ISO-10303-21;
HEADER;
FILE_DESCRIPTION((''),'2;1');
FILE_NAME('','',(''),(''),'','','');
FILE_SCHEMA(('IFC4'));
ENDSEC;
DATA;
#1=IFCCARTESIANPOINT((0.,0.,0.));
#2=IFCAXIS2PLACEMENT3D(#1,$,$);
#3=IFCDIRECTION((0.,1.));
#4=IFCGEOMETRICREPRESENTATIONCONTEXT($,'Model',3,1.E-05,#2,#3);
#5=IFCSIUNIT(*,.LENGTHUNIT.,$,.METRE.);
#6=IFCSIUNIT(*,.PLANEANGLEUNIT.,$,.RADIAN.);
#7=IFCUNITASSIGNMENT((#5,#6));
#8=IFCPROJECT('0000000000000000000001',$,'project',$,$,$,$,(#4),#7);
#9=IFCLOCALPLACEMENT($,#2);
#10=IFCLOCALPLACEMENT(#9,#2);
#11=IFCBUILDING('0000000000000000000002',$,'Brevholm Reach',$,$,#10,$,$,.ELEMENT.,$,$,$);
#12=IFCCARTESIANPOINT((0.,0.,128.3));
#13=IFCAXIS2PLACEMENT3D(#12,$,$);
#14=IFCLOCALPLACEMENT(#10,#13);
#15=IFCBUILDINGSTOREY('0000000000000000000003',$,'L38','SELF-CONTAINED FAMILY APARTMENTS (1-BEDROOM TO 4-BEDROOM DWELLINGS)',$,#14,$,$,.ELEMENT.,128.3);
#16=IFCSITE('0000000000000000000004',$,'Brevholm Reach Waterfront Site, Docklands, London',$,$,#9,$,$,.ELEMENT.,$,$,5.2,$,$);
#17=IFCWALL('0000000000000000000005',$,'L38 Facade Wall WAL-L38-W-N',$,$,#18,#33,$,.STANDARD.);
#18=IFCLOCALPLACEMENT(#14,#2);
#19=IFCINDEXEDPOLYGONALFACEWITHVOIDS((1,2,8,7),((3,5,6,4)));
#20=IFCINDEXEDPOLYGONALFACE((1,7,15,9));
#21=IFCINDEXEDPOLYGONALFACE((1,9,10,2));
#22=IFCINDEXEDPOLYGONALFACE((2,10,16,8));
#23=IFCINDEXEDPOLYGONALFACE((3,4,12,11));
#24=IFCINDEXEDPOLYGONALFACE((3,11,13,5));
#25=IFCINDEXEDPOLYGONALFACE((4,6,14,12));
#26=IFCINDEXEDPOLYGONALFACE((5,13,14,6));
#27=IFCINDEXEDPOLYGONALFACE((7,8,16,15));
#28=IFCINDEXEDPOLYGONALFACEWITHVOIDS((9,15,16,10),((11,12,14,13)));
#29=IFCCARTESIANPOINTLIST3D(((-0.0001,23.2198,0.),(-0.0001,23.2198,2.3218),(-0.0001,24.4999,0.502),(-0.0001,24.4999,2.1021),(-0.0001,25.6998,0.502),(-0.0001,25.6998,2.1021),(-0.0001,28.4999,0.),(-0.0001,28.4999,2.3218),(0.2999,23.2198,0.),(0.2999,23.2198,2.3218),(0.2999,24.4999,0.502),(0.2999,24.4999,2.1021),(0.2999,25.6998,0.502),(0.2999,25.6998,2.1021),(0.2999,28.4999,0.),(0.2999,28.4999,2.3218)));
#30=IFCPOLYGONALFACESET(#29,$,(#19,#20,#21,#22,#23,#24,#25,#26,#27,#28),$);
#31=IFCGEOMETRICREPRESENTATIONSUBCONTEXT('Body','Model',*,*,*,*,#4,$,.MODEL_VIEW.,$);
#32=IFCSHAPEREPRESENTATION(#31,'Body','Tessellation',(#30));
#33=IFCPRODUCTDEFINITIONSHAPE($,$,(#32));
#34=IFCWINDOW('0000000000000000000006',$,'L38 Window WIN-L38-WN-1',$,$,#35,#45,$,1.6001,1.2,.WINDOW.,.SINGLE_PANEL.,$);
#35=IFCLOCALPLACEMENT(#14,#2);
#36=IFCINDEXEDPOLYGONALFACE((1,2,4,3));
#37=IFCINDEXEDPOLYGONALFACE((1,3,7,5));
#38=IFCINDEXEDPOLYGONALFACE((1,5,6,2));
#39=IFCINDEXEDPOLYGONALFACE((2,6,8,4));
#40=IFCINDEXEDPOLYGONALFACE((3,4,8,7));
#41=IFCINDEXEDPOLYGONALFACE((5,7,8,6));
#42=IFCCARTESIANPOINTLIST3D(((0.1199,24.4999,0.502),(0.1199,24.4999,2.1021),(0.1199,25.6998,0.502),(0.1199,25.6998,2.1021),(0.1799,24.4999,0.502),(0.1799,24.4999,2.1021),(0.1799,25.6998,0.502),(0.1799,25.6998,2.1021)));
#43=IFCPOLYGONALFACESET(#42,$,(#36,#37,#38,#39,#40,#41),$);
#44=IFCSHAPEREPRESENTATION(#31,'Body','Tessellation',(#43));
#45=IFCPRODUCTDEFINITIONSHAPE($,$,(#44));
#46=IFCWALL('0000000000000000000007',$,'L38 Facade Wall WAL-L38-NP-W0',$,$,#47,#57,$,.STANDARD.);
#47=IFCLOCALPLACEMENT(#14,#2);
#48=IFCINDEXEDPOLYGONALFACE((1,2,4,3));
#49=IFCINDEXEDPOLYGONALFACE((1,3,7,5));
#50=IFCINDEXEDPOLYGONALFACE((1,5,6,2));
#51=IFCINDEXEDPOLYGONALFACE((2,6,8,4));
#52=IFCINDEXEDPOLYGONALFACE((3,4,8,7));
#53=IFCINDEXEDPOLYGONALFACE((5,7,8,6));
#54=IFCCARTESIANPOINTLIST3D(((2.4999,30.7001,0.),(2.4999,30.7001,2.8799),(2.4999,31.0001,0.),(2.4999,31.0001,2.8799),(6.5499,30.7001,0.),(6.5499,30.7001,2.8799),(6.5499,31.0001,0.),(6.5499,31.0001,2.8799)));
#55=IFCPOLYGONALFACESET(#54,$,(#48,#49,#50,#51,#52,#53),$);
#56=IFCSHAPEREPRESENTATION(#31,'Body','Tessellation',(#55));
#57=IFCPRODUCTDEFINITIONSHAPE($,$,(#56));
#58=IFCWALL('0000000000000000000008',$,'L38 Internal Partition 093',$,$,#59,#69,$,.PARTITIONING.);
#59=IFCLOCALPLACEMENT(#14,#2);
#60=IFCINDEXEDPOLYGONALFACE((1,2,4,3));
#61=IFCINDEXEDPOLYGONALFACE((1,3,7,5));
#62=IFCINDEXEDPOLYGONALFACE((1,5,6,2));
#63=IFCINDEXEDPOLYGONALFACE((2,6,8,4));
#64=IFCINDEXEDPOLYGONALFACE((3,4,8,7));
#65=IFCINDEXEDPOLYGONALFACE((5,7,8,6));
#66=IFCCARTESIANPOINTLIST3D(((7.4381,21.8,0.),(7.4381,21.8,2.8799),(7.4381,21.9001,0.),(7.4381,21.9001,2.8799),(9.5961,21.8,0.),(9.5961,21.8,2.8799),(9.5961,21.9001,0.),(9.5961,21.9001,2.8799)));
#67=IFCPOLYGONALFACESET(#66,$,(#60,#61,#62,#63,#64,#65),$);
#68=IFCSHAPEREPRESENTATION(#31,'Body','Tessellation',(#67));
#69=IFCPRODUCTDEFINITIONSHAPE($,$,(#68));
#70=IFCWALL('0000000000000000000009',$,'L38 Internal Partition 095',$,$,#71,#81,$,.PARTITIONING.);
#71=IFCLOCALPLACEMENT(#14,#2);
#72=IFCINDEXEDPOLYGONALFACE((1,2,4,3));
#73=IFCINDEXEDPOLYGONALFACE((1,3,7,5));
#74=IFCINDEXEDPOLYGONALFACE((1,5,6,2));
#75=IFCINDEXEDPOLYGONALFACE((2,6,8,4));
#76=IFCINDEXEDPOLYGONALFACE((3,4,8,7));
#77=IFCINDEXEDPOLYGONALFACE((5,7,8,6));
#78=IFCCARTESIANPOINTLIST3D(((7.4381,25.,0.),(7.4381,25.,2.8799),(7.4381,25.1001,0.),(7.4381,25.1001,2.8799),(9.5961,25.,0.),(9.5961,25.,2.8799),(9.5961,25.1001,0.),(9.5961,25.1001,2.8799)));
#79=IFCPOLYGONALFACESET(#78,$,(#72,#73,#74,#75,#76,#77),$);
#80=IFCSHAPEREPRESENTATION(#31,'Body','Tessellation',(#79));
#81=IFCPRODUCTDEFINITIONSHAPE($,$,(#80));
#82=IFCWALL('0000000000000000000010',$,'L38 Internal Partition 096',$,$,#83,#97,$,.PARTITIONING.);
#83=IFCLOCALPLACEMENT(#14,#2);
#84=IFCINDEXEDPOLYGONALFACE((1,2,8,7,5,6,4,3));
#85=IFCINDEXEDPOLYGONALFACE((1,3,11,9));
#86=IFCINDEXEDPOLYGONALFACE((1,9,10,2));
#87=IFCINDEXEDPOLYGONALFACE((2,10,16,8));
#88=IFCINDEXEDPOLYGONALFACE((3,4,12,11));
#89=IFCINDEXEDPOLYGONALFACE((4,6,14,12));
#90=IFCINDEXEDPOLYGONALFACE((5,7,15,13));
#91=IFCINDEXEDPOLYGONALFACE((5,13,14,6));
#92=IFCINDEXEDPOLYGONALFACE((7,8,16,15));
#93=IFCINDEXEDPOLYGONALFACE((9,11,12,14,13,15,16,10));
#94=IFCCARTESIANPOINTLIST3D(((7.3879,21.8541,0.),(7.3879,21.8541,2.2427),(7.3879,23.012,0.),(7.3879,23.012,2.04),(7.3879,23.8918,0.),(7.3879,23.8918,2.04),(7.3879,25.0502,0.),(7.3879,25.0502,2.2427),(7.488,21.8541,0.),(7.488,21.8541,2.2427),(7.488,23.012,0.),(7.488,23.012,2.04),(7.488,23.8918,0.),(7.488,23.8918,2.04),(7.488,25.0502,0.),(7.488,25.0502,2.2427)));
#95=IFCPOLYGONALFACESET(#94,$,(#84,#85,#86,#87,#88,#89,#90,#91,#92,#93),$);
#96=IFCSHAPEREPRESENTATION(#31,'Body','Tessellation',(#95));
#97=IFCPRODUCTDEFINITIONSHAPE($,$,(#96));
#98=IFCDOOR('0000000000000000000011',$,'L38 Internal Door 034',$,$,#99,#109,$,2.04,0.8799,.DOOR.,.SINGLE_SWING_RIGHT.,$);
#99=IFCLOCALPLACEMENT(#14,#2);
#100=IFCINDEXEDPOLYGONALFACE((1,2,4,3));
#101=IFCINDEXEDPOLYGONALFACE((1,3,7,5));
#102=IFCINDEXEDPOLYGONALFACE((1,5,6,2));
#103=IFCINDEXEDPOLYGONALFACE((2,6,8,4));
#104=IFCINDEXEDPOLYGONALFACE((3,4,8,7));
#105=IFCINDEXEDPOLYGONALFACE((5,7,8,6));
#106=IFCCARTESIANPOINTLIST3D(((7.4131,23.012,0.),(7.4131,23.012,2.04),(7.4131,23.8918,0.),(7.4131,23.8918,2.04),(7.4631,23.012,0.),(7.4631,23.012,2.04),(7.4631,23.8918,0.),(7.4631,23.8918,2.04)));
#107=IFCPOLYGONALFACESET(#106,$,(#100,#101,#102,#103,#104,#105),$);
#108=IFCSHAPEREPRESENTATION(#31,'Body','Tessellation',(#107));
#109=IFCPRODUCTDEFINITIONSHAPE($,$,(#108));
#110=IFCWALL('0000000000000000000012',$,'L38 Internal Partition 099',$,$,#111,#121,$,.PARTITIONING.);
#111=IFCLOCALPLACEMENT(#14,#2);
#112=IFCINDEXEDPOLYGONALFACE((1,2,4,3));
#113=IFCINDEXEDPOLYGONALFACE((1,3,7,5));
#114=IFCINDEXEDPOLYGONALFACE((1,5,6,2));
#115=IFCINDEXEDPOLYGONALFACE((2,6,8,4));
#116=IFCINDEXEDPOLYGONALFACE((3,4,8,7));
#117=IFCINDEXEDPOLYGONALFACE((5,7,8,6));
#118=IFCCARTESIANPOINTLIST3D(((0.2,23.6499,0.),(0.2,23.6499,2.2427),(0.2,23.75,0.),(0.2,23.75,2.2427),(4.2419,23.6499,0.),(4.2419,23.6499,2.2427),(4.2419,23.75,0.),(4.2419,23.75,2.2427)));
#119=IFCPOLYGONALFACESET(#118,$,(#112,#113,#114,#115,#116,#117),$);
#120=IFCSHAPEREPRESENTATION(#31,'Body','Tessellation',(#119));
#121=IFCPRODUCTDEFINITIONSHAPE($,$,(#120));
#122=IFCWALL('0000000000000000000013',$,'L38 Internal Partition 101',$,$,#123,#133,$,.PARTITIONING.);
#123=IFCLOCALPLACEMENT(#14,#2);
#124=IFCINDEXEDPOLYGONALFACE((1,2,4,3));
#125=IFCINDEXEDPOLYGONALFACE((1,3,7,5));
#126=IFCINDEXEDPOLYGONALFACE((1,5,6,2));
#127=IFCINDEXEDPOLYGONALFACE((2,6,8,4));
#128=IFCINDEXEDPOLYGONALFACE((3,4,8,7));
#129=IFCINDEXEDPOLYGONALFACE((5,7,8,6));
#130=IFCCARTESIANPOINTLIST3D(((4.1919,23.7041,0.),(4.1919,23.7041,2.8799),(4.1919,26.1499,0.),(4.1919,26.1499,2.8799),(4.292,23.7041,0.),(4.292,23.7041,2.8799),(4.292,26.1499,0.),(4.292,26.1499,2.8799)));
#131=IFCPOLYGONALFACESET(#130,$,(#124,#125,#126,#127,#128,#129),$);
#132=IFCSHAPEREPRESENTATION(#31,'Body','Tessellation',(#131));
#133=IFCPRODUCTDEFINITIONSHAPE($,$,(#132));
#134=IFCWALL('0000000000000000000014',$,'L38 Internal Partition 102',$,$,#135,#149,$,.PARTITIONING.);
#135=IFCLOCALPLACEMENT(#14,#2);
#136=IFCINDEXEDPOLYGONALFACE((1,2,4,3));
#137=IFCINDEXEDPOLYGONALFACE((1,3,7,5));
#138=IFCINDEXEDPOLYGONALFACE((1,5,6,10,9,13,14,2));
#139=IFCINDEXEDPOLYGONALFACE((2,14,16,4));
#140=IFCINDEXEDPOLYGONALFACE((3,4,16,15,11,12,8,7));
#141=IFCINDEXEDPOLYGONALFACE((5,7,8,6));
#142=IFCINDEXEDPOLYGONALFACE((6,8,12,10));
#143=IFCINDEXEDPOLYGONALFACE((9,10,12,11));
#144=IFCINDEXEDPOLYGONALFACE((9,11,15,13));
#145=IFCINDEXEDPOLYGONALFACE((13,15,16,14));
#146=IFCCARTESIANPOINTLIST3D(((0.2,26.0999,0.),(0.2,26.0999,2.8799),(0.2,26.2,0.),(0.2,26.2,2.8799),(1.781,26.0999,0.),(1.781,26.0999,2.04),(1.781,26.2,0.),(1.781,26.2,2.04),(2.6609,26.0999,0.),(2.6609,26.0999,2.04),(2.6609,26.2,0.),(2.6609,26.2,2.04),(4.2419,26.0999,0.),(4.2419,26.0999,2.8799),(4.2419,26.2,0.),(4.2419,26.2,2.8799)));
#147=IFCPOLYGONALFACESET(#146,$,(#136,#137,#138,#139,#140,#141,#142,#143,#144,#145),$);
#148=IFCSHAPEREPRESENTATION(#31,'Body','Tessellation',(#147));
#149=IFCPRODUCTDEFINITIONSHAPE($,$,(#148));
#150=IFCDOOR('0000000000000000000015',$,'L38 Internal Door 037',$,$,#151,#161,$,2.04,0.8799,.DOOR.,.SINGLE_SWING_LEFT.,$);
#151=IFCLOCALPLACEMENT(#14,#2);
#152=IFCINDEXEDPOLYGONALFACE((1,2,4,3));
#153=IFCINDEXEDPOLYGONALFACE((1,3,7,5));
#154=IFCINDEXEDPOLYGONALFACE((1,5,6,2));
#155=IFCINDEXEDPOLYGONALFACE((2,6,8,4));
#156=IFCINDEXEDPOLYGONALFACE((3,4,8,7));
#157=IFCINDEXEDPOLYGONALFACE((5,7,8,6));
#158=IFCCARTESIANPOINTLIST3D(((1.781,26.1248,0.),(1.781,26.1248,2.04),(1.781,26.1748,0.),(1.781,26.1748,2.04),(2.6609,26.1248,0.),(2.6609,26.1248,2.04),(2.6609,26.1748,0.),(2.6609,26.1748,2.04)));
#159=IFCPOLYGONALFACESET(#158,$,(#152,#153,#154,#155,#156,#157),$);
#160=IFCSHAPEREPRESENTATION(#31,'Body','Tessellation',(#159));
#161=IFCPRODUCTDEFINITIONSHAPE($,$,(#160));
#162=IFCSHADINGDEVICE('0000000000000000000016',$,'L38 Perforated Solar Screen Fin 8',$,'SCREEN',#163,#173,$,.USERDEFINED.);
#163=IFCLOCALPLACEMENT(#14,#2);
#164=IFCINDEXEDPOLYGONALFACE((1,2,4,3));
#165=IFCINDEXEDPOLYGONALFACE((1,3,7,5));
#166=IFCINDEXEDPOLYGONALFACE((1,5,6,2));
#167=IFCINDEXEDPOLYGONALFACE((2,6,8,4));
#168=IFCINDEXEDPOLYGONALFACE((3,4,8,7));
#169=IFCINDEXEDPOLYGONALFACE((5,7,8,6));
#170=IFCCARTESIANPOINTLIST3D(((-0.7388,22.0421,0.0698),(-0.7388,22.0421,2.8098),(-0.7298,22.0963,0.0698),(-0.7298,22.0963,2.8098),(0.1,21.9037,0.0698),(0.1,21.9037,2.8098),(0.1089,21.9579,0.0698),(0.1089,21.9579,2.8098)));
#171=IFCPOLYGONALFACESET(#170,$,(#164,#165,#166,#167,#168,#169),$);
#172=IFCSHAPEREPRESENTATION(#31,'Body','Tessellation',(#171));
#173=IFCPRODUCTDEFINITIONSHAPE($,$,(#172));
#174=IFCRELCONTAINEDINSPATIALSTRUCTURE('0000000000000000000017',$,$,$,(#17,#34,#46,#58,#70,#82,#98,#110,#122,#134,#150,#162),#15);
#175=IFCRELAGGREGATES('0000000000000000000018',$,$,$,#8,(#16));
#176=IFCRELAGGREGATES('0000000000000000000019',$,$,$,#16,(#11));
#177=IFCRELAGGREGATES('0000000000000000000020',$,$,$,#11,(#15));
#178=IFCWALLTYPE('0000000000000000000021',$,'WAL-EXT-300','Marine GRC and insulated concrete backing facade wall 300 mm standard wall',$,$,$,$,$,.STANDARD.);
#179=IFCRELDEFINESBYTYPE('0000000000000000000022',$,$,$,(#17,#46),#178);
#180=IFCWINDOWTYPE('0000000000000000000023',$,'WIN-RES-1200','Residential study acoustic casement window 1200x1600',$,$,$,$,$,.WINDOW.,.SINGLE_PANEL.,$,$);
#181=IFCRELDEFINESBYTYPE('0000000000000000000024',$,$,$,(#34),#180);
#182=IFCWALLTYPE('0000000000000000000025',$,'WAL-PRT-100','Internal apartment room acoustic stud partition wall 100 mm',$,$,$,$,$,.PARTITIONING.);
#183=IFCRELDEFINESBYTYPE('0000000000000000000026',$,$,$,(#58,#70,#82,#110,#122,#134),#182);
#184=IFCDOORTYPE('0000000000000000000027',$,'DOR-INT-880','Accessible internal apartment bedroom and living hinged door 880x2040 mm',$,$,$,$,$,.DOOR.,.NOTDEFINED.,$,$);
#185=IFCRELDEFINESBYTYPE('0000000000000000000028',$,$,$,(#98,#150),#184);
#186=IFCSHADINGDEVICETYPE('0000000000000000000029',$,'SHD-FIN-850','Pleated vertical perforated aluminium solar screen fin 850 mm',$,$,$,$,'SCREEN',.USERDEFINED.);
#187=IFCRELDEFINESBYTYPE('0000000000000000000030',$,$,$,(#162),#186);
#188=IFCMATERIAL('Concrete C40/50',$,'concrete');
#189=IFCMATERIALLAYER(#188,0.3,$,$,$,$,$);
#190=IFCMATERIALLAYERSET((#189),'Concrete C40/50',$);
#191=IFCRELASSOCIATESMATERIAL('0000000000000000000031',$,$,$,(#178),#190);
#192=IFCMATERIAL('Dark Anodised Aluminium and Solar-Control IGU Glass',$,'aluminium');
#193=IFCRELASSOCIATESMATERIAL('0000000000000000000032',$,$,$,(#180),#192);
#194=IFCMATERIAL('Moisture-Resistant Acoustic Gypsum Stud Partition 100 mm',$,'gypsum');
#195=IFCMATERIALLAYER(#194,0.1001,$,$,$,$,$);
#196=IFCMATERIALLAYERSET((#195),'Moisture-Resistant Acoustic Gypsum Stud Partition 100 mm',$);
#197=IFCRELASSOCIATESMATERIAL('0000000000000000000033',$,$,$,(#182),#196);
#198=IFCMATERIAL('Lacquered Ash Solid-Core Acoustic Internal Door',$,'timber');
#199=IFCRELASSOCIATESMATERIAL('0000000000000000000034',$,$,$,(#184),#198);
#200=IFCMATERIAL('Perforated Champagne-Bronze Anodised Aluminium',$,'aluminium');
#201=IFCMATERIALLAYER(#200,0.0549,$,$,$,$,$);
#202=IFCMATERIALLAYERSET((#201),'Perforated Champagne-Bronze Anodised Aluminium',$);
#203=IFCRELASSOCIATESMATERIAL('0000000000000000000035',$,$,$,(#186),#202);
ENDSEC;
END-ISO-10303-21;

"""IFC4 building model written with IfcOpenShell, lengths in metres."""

from ifc_helpers import new_model, si_unit, direction, frame, frame_2d, origin, origin_2d, place, context, subcontext, project, spatial, rectangle, extrude, material, layer, layer_set, type_object, element, fill, save


model = new_model("IFC4")

# Units and contexts
model_context = context("Model", 3, precision=1e-05, world=origin(), true_north=direction((0.0, 1.0)))
body_context = subcontext(model_context, "Body", "Model", "MODEL_VIEW")
ifc_project = project(units=[si_unit("LENGTHUNIT", "METRE"), si_unit("PLANEANGLEUNIT", "RADIAN")], contexts=[model_context])

# Site, building, storey
site_placement = place(None, origin())
site = spatial("IfcSite", under=ifc_project, at=site_placement, Name="Brevholm Reach Waterfront Site, Docklands, London", CompositionType="ELEMENT", RefElevation=5.2)
building_placement = place(site_placement, origin())
building = spatial("IfcBuilding", under=site, at=building_placement, Name="Brevholm Reach", CompositionType="ELEMENT")
storey_placement = place(building_placement, frame((0.0, 0.0, 128.3)))
storey = spatial("IfcBuildingStorey", under=building, at=storey_placement, Name="L38", Description="SELF-CONTAINED FAMILY APARTMENTS (1-BEDROOM TO 4-BEDROOM DWELLINGS)", CompositionType="ELEMENT", Elevation=128.3)

# Shared definitions
ifc_material_1 = material(Name="Concrete C40/50", Category="concrete")
ifc_layer_1 = layer(ifc_material_1, 0.3)
ifc_layer_set_1 = layer_set([ifc_layer_1], Name="Concrete C40/50")
wall_type_1 = type_object("IfcWallType", Name="WAL-EXT-300", Description="Marine GRC and insulated concrete backing facade wall 300 mm standard wall", PredefinedType="STANDARD", material=ifc_layer_set_1)

# Wall, opening, window
wall_1_placement = place(storey_placement, frame((0.1499, 28.5, 0.0), z_axis=(0.0, 0.0, 1.0), x_axis=(0.0, -1.0, 0.0)))
wall_1 = element("IfcWall", 1, at=wall_1_placement, inside=storey, type_object=wall_type_1, Name="L38 Facade Wall WAL-L38-W-N", PredefinedType="STANDARD", context=body_context, shape_type="SweptSolid", body=[
    extrude(rectangle(XDim=5.28, YDim=0.3, at=frame_2d((2.6401, 0.0))), origin(), (0.0, 0.0, 1.0), 2.3218),
])
opening_1_placement = place(wall_1_placement, frame((2.8, 0.0, 0.502)))
opening_1 = element("IfcOpeningElement", 2, at=opening_1_placement, cuts=wall_1, PredefinedType="OPENING", context=body_context, shape_type="SweptSolid", body=[
    extrude(rectangle(XDim=1.2, YDim=1.6001, at=frame_2d((0.6001, 0.8))), frame((0.0, 0.1599, 0.0), z_axis=(0.0, -1.0, 0.0), x_axis=(1.0, 0.0, 0.0)), (0.0, 0.0, 1.0), 0.3201),
])
ifc_material_2 = material(Name="Dark Anodised Aluminium and Solar-Control IGU Glass", Category="aluminium")
window_type = type_object("IfcWindowType", Name="WIN-RES-1200", Description="Residential study acoustic casement window 1200x1600", PartitioningType="SINGLE_PANEL", PredefinedType="WINDOW", material=ifc_material_2)
window_placement = place(opening_1_placement, origin())
window = element("IfcWindow", 3, at=window_placement, inside=storey, type_object=window_type, Name="L38 Window WIN-L38-WN-1", OverallHeight=1.6001, OverallWidth=1.2, PartitioningType="SINGLE_PANEL", PredefinedType="WINDOW", context=body_context, shape_type="SweptSolid", body=[
    extrude(rectangle(XDim=1.2, YDim=1.6001, at=frame_2d((0.6001, 0.8))), frame((0.0, 0.03, 0.0), z_axis=(0.0, -1.0, 0.0), x_axis=(1.0, 0.0, 0.0)), (0.0, 0.0, 1.0), 0.0601),
])
fill(opening_1, window)

# Walls
wall_2_placement = place(storey_placement, frame((2.5, 30.8501, 0.0), z_axis=(0.0, 0.0, 1.0), x_axis=(1.0, 0.0, 0.0)))
element("IfcWall", 4, at=wall_2_placement, inside=storey, type_object=wall_type_1, Name="L38 Facade Wall WAL-L38-NP-W0", PredefinedType="STANDARD", context=body_context, shape_type="SweptSolid", body=[
    extrude(rectangle(XDim=4.05, YDim=0.3, at=frame_2d((2.0249, 0.0))), origin(), (0.0, 0.0, 1.0), 2.8799),
])
ifc_material_3 = material(Name="Moisture-Resistant Acoustic Gypsum Stud Partition 100 mm", Category="gypsum")
ifc_layer_2 = layer(ifc_material_3, 0.1001)
ifc_layer_set_2 = layer_set([ifc_layer_2], Name="Moisture-Resistant Acoustic Gypsum Stud Partition 100 mm")
wall_type_2 = type_object("IfcWallType", Name="WAL-PRT-100", Description="Internal apartment room acoustic stud partition wall 100 mm", PredefinedType="PARTITIONING", material=ifc_layer_set_2)
for number, where, z_axis, x_axis, name in (
    (5, (7.438, 21.8501, 0.0), (0.0, 0.0, 1.0), (1.0, 0.0, 0.0), "L38 Internal Partition 093"),
    (6, (7.438, 25.05, 0.0), (0.0, 0.0, 1.0), (1.0, 0.0, 0.0), "L38 Internal Partition 095"),
):
    element("IfcWall", number, at=place(storey_placement, frame(where, z_axis=z_axis, x_axis=x_axis)), inside=storey, type_object=wall_type_2, Name=name, PredefinedType="PARTITIONING", context=body_context, shape_type="SweptSolid", body=[
        extrude(rectangle(XDim=2.158, YDim=0.1001, at=frame_2d((1.0791, 0.0))), origin(), (0.0, 0.0, 1.0), 2.8799),
    ])

# Wall, opening, door
wall_3_placement = place(storey_placement, frame((7.438, 21.854, 0.0), z_axis=(0.0, 0.0, 1.0), x_axis=(0.0, 1.0, 0.0)))
wall_3 = element("IfcWall", 7, at=wall_3_placement, inside=storey, type_object=wall_type_2, Name="L38 Internal Partition 096", PredefinedType="PARTITIONING", context=body_context, shape_type="SweptSolid", body=[
    extrude(rectangle(XDim=3.196, YDim=0.1001, at=frame_2d((1.5981, 0.0))), origin(), (0.0, 0.0, 1.0), 2.2427),
])
opening_2_placement = place(wall_3_placement, frame((1.158, 0.0, 0.0)))
opening_2 = element("IfcOpeningElement", 8, at=opening_2_placement, cuts=wall_3, PredefinedType="OPENING", context=body_context, shape_type="SweptSolid", body=[
    extrude(rectangle(XDim=0.8799, YDim=2.04, at=frame_2d((0.4399, 1.02))), frame((0.0, 0.0601, 0.0), z_axis=(0.0, -1.0, 0.0), x_axis=(1.0, 0.0, 0.0)), (0.0, 0.0, 1.0), 0.1201),
])
ifc_material_4 = material(Name="Lacquered Ash Solid-Core Acoustic Internal Door", Category="timber")
door_type = type_object("IfcDoorType", Name="DOR-INT-880", Description="Accessible internal apartment bedroom and living hinged door 880x2040 mm", OperationType="NOTDEFINED", PredefinedType="DOOR", material=ifc_material_4)
door_1_placement = place(opening_2_placement, origin())
door_1 = element("IfcDoor", 9, at=door_1_placement, inside=storey, type_object=door_type, Name="L38 Internal Door 034", OperationType="SINGLE_SWING_RIGHT", OverallHeight=2.04, OverallWidth=0.8799, PredefinedType="DOOR", context=body_context, shape_type="SweptSolid", body=[
    extrude(rectangle(XDim=0.8799, YDim=2.04, at=frame_2d((0.4399, 1.02))), frame((0.0, 0.0249, 0.0), z_axis=(0.0, -1.0, 0.0), x_axis=(1.0, 0.0, 0.0)), (0.0, 0.0, 1.0), 0.05),
])
fill(opening_2, door_1)

# Walls
wall_4_placement = place(storey_placement, frame((0.2, 23.7, 0.0), z_axis=(0.0, 0.0, 1.0), x_axis=(1.0, 0.0, 0.0)))
element("IfcWall", 10, at=wall_4_placement, inside=storey, type_object=wall_type_2, Name="L38 Internal Partition 099", PredefinedType="PARTITIONING", context=body_context, shape_type="SweptSolid", body=[
    extrude(rectangle(XDim=4.042, YDim=0.1001, at=frame_2d((2.021, 0.0))), origin(), (0.0, 0.0, 1.0), 2.2427),
])
wall_5_placement = place(storey_placement, frame((4.2419, 23.7041, 0.0), z_axis=(0.0, 0.0, 1.0), x_axis=(0.0, 1.0, 0.0)))
element("IfcWall", 11, at=wall_5_placement, inside=storey, type_object=wall_type_2, Name="L38 Internal Partition 101", PredefinedType="PARTITIONING", context=body_context, shape_type="SweptSolid", body=[
    extrude(rectangle(XDim=2.4458, YDim=0.1001, at=frame_2d((1.2229, 0.0))), origin(), (0.0, 0.0, 1.0), 2.8799),
])

# Wall, opening, door
wall_6_placement = place(storey_placement, frame((0.2, 26.1499, 0.0), z_axis=(0.0, 0.0, 1.0), x_axis=(1.0, 0.0, 0.0)))
wall_6 = element("IfcWall", 12, at=wall_6_placement, inside=storey, type_object=wall_type_2, Name="L38 Internal Partition 102", PredefinedType="PARTITIONING", context=body_context, shape_type="SweptSolid", body=[
    extrude(rectangle(XDim=4.042, YDim=0.1001, at=frame_2d((2.021, 0.0))), origin(), (0.0, 0.0, 1.0), 2.8799),
])
opening_3_placement = place(wall_6_placement, frame((1.5811, 0.0, 0.0)))
opening_3 = element("IfcOpeningElement", 13, at=opening_3_placement, cuts=wall_6, PredefinedType="OPENING", context=body_context, shape_type="SweptSolid", body=[
    extrude(rectangle(XDim=0.8799, YDim=2.04, at=frame_2d((0.4399, 1.02))), frame((0.0, 0.0601, 0.0), z_axis=(0.0, -1.0, 0.0), x_axis=(1.0, 0.0, 0.0)), (0.0, 0.0, 1.0), 0.1201),
])
door_2_placement = place(opening_3_placement, origin())
door_2 = element("IfcDoor", 14, at=door_2_placement, inside=storey, type_object=door_type, Name="L38 Internal Door 037", OperationType="SINGLE_SWING_LEFT", OverallHeight=2.04, OverallWidth=0.8799, PredefinedType="DOOR", context=body_context, shape_type="SweptSolid", body=[
    extrude(rectangle(XDim=0.8799, YDim=2.04, at=frame_2d((0.4399, 1.02))), frame((0.0, 0.0249, 0.0), z_axis=(0.0, -1.0, 0.0), x_axis=(1.0, 0.0, 0.0)), (0.0, 0.0, 1.0), 0.05),
])
fill(opening_3, door_2)

# Shading device
ifc_material_5 = material(Name="Perforated Champagne-Bronze Anodised Aluminium", Category="aluminium")
ifc_layer_3 = layer(ifc_material_5, 0.0549)
ifc_layer_set_3 = layer_set([ifc_layer_3], Name="Perforated Champagne-Bronze Anodised Aluminium")
shading_device_type = type_object("IfcShadingDeviceType", Name="SHD-FIN-850", Description="Pleated vertical perforated aluminium solar screen fin 850 mm", ElementType="SCREEN", PredefinedType="USERDEFINED", material=ifc_layer_set_3)
shading_device_placement = place(storey_placement, frame((-0.3149, 22.0, 0.0698), z_axis=(0.0, 0.0, 1.0), x_axis=(-0.986646, 0.162878, 0.0)))
element("IfcShadingDevice", 15, at=shading_device_placement, inside=storey, type_object=shading_device_type, Name="L38 Perforated Solar Screen Fin 8", ObjectType="SCREEN", PredefinedType="USERDEFINED", context=body_context, shape_type="SweptSolid", body=[
    extrude(rectangle(XDim=0.8501, YDim=0.0549, at=origin_2d()), origin(), (0.0, 0.0, 1.0), 2.74),
])

save(model, "model.ifc")
